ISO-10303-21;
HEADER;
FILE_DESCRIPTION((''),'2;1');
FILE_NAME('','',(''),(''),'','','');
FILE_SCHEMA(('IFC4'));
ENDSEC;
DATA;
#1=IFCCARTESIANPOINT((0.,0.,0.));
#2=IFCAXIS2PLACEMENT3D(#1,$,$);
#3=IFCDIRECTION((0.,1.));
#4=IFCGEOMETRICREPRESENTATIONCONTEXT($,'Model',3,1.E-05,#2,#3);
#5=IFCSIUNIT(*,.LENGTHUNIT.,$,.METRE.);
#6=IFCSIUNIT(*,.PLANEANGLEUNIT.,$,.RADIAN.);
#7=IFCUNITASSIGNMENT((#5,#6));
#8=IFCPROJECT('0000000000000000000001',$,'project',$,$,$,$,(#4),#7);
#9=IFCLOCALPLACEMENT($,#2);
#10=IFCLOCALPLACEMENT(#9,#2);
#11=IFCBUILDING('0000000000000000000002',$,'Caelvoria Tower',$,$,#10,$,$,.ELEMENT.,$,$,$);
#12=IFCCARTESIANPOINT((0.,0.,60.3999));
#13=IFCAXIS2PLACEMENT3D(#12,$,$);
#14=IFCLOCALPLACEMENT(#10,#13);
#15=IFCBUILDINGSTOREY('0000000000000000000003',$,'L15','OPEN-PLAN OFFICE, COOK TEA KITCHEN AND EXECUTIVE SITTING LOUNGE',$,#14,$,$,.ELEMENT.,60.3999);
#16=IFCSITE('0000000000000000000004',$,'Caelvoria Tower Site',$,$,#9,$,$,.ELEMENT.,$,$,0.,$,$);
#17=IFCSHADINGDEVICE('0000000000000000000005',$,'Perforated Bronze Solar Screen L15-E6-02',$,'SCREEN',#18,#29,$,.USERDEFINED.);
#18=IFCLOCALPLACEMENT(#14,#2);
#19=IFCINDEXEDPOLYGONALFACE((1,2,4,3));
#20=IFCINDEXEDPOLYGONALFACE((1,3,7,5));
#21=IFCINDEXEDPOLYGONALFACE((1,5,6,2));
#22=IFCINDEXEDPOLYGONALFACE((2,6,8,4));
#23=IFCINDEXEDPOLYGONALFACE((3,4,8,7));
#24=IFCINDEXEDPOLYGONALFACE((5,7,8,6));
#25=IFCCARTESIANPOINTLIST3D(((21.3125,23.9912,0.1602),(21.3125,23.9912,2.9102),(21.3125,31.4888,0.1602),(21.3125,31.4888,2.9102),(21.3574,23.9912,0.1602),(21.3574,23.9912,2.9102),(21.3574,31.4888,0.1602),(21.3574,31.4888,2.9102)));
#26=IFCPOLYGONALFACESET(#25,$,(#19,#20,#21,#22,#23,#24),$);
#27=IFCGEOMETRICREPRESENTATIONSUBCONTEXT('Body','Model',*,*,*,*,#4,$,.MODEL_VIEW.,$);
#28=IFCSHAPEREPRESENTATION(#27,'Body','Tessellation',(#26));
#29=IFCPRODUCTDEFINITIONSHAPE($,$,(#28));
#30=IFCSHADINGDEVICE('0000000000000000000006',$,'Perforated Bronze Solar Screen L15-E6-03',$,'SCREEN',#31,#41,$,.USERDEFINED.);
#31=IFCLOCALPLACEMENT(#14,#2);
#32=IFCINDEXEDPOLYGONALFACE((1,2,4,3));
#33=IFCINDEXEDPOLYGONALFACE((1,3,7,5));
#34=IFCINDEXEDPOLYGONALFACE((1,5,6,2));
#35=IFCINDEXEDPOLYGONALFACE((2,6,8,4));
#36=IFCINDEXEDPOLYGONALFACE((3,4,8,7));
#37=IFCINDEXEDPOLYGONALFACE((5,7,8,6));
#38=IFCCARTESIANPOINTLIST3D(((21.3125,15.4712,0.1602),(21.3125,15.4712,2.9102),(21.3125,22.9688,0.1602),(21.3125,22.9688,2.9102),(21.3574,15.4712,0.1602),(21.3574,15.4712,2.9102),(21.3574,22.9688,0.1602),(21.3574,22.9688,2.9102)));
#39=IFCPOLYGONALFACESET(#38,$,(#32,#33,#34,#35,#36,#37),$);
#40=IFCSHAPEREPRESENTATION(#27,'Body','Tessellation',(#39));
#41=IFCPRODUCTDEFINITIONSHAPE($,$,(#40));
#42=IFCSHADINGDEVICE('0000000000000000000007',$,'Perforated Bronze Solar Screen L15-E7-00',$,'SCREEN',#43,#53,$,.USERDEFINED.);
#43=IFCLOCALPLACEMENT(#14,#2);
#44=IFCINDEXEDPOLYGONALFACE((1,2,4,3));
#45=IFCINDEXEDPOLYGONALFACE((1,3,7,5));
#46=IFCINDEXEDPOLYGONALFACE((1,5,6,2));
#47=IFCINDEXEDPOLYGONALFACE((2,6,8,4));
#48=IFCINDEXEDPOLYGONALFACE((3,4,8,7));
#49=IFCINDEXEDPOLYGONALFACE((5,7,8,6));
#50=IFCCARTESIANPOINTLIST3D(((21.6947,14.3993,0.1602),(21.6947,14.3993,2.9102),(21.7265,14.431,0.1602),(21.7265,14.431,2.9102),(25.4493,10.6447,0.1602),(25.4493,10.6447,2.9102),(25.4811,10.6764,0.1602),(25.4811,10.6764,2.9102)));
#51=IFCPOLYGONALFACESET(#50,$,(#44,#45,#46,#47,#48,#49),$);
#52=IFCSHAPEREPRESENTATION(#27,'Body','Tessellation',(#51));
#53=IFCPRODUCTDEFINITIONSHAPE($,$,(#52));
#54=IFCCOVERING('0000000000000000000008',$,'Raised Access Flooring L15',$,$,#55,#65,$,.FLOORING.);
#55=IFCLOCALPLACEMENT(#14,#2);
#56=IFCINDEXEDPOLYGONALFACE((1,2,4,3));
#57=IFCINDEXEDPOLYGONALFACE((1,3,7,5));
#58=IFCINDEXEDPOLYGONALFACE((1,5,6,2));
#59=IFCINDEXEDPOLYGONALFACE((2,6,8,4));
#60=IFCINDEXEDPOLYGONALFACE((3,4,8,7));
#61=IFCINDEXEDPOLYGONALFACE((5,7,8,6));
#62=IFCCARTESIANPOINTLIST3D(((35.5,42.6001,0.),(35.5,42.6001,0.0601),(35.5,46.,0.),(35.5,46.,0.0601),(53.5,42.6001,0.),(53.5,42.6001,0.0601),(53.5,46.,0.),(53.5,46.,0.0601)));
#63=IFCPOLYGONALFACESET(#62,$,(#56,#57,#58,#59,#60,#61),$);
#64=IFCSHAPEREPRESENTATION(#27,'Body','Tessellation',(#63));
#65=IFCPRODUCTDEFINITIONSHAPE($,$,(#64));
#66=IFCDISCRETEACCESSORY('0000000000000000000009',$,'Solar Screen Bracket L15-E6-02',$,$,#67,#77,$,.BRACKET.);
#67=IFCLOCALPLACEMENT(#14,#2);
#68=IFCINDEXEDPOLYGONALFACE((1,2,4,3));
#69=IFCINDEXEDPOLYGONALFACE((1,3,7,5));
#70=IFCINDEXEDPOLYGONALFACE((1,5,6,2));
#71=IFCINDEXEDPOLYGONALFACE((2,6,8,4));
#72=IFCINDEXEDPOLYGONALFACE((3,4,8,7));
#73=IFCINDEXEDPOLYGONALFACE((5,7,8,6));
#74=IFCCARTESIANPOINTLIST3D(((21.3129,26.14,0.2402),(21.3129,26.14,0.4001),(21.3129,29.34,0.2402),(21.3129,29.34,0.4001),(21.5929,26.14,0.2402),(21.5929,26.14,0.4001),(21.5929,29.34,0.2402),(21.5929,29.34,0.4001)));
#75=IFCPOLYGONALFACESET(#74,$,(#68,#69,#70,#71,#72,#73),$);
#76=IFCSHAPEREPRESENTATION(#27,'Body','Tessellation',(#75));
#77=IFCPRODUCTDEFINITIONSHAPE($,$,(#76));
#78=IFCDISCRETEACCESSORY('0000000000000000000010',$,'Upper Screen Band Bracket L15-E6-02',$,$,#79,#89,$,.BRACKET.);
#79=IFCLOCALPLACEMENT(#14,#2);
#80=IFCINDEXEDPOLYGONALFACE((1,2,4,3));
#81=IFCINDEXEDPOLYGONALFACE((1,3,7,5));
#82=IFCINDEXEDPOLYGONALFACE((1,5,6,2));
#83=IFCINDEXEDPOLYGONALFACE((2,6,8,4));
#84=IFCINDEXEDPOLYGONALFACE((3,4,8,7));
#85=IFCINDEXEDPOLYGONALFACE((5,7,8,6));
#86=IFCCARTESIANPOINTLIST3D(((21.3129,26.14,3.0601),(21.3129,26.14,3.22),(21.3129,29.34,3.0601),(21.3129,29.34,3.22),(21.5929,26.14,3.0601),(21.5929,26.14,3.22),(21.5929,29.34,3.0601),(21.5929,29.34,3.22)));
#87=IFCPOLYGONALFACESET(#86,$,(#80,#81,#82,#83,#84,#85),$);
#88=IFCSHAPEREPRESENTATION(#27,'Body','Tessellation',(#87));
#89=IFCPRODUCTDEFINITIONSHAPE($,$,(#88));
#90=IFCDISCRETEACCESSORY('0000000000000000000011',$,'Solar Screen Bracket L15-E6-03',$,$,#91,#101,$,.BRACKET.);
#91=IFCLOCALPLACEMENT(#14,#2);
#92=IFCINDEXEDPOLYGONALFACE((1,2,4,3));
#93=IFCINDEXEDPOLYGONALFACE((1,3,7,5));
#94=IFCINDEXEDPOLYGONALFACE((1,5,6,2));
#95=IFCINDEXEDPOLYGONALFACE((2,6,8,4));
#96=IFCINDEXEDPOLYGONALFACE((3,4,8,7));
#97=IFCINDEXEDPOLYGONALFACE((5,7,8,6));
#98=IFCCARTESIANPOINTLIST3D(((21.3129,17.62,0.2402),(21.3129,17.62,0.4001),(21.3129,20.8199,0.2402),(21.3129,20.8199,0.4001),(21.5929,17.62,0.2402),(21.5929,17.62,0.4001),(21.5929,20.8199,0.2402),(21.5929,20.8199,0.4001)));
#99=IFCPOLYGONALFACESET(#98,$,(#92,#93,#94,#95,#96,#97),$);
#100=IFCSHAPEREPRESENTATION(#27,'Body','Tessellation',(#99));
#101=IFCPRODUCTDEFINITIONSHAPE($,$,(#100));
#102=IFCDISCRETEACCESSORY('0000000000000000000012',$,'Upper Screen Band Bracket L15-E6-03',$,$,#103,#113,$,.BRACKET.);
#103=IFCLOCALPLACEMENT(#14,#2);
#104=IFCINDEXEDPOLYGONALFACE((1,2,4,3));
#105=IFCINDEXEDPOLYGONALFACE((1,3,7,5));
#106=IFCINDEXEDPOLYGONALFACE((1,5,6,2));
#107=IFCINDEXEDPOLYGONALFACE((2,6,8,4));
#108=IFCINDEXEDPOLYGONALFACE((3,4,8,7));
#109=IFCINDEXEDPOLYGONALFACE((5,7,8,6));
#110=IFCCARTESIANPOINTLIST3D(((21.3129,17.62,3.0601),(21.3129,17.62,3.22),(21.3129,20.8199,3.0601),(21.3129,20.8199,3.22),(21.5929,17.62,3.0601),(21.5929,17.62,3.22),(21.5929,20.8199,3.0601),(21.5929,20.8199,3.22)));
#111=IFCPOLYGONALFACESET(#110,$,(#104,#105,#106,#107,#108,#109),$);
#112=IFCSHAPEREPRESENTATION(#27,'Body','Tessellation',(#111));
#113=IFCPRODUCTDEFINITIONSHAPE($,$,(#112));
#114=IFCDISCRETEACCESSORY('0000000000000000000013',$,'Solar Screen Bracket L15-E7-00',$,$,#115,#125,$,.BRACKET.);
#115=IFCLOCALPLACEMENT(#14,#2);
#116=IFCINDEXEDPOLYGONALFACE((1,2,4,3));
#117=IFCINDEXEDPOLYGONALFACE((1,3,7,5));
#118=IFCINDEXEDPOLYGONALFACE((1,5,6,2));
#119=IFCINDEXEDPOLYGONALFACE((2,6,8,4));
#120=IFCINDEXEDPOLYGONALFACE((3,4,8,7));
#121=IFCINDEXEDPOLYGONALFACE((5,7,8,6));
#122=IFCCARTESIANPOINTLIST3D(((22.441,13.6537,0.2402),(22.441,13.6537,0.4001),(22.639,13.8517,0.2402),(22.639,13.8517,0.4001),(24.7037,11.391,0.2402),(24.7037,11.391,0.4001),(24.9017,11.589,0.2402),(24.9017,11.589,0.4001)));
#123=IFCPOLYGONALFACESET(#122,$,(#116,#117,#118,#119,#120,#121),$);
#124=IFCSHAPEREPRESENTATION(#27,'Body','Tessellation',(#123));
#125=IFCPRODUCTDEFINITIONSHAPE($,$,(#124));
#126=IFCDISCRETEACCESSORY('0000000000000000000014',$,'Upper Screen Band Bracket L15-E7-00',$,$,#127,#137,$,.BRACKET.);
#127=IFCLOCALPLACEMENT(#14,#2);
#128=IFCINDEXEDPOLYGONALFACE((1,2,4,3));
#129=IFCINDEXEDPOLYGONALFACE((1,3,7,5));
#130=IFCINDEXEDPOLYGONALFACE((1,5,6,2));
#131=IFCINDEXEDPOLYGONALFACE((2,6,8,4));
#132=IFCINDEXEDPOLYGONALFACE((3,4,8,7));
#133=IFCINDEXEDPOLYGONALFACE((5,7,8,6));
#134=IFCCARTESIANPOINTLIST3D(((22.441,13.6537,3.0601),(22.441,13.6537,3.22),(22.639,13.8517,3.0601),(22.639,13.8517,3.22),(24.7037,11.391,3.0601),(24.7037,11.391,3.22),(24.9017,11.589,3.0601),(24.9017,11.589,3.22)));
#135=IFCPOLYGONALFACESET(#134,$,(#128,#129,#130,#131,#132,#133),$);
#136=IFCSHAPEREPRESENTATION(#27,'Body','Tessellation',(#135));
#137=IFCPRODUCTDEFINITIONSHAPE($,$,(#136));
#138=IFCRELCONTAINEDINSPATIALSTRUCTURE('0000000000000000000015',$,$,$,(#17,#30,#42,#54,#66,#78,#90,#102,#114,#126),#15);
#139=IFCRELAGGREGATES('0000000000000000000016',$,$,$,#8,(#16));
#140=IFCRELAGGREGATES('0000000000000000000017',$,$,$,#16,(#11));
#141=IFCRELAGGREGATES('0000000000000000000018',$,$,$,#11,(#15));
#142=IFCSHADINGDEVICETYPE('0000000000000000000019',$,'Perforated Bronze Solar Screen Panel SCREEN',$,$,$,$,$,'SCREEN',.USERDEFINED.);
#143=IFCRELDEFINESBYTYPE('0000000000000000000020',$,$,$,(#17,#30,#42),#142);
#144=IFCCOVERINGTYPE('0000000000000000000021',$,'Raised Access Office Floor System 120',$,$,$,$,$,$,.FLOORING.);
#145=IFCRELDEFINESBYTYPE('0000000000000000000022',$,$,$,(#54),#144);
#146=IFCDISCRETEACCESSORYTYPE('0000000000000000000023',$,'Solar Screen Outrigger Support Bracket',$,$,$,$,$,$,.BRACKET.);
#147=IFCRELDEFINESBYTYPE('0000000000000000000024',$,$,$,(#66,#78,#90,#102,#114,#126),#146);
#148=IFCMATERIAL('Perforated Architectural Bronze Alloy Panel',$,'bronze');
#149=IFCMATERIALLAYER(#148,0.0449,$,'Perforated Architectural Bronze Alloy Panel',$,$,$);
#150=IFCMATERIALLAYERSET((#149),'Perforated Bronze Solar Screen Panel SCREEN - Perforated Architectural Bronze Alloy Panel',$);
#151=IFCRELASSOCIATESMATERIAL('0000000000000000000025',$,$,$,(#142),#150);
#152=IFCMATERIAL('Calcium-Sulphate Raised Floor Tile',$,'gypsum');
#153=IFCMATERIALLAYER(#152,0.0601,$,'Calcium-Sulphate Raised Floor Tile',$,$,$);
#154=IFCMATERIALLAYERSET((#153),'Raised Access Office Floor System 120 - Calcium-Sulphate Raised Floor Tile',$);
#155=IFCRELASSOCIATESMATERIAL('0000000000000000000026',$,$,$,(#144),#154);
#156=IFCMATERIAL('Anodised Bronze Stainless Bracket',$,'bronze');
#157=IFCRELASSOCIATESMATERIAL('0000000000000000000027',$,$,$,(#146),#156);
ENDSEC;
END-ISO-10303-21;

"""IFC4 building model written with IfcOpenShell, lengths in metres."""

from ifc_helpers import new_model, si_unit, direction, frame, origin, origin_2d, place, context, subcontext, project, spatial, polyline, rectangle, outline, extrude, material, layer, layer_set, type_object, element, save


model = new_model("IFC4")

# Units and contexts
model_context = context("Model", 3, precision=1e-05, world=origin(), true_north=direction((0.0, 1.0)))
body_context = subcontext(model_context, "Body", "Model", "MODEL_VIEW")
ifc_project = project(units=[si_unit("LENGTHUNIT", "METRE"), si_unit("PLANEANGLEUNIT", "RADIAN")], contexts=[model_context])

# Site, building, storey
site_placement = place(None, origin())
site = spatial("IfcSite", under=ifc_project, at=site_placement, Name="Caelvoria Tower Site", CompositionType="ELEMENT", RefElevation=0.0)
building_placement = place(site_placement, origin())
building = spatial("IfcBuilding", under=site, at=building_placement, Name="Caelvoria Tower", CompositionType="ELEMENT")
storey_placement = place(building_placement, frame((0.0, 0.0, 60.3999)))
storey = spatial("IfcBuildingStorey", under=building, at=storey_placement, Name="L15", Description="OPEN-PLAN OFFICE, COOK TEA KITCHEN AND EXECUTIVE SITTING LOUNGE", CompositionType="ELEMENT", Elevation=60.3999)

# Shading devices
ifc_material_1 = material(Name="Perforated Architectural Bronze Alloy Panel", Category="bronze")
ifc_layer_1 = layer(ifc_material_1, 0.0449, Name="Perforated Architectural Bronze Alloy Panel")
ifc_layer_set_1 = layer_set([ifc_layer_1], Name="Perforated Bronze Solar Screen Panel SCREEN - Perforated Architectural Bronze Alloy Panel")
shading_device_type = type_object("IfcShadingDeviceType", Name="Perforated Bronze Solar Screen Panel SCREEN", ElementType="SCREEN", PredefinedType="USERDEFINED", material=ifc_layer_set_1)
for number, where, z_axis, x_axis, name in (
    (1, (21.335, 27.74, 0.1602), (0.0, 0.0, 1.0), (0.0, -1.0, 0.0), "Perforated Bronze Solar Screen L15-E6-02"),
    (2, (21.335, 19.22, 0.1602), (0.0, 0.0, 1.0), (0.0, -1.0, 0.0), "Perforated Bronze Solar Screen L15-E6-03"),
):
    element("IfcShadingDevice", number, at=place(storey_placement, frame(where, z_axis=z_axis, x_axis=x_axis)), inside=storey, type_object=shading_device_type, Name=name, ObjectType="SCREEN", PredefinedType="USERDEFINED", context=body_context, shape_type="SweptSolid", body=[
        extrude(rectangle(XDim=7.4976, YDim=0.0449, at=origin_2d()), origin(), (0.0, 0.0, 1.0), 2.75),
    ])
shading_device_placement = place(storey_placement, frame((23.5879, 12.5378, 0.1602), z_axis=(0.0, 0.0, 1.0), x_axis=(0.707107, -0.707107, 0.0)))
element("IfcShadingDevice", 3, at=shading_device_placement, inside=storey, type_object=shading_device_type, Name="Perforated Bronze Solar Screen L15-E7-00", ObjectType="SCREEN", PredefinedType="USERDEFINED", context=body_context, shape_type="SweptSolid", body=[
    extrude(rectangle(XDim=5.3098, YDim=0.0449, at=origin_2d()), origin(), (0.0, 0.0, 1.0), 2.75),
])

# Covering
ifc_material_2 = material(Name="Calcium-Sulphate Raised Floor Tile", Category="gypsum")
ifc_layer_2 = layer(ifc_material_2, 0.0601, Name="Calcium-Sulphate Raised Floor Tile")
ifc_layer_set_2 = layer_set([ifc_layer_2], Name="Raised Access Office Floor System 120 - Calcium-Sulphate Raised Floor Tile")
covering_type_1 = type_object("IfcCoveringType", Name="Raised Access Office Floor System 120", PredefinedType="FLOORING", material=ifc_layer_set_2)
covering_1_placement = place(storey_placement, origin())
element("IfcCovering", 4, at=covering_1_placement, inside=storey, type_object=covering_type_1, Name="Raised Access Flooring L15", PredefinedType="FLOORING", context=body_context, shape_type="SweptSolid", body=[
    extrude(outline(polyline([(35.5, 42.6001), (53.5, 42.6001), (53.5, 46.0), (35.5, 46.0), (35.5, 42.6001)])), origin(), (0.0, 0.0, 1.0), 0.0601),
])

# Discrete accessories
ifc_material_3 = material(Name="Anodised Bronze Stainless Bracket", Category="bronze")
discrete_accessory_type = type_object("IfcDiscreteAccessoryType", Name="Solar Screen Outrigger Support Bracket", PredefinedType="BRACKET", material=ifc_material_3)
for number, where, z_axis, x_axis, name in (
    (5, (21.4529, 27.74, 0.2402), (0.0, 0.0, 1.0), (0.0, -1.0, 0.0), "Solar Screen Bracket L15-E6-02"),
    (6, (21.4529, 27.74, 3.0601), (0.0, 0.0, 1.0), (0.0, -1.0, 0.0), "Upper Screen Band Bracket L15-E6-02"),
    (7, (21.4529, 19.22, 0.2402), (0.0, 0.0, 1.0), (0.0, -1.0, 0.0), "Solar Screen Bracket L15-E6-03"),
    (8, (21.4529, 19.22, 3.0601), (0.0, 0.0, 1.0), (0.0, -1.0, 0.0), "Upper Screen Band Bracket L15-E6-03"),
    (9, (23.6714, 12.6213, 0.2402), (0.0, 0.0, 1.0), (0.707107, -0.707107, 0.0), "Solar Screen Bracket L15-E7-00"),
    (10, (23.6714, 12.6213, 3.0601), (0.0, 0.0, 1.0), (0.707107, -0.707107, 0.0), "Upper Screen Band Bracket L15-E7-00"),
):
    element("IfcDiscreteAccessory", number, at=place(storey_placement, frame(where, z_axis=z_axis, x_axis=x_axis)), inside=storey, type_object=discrete_accessory_type, Name=name, PredefinedType="BRACKET", context=body_context, shape_type="SweptSolid", body=[
        extrude(rectangle(XDim=3.2, YDim=0.28, at=origin_2d()), origin(), (0.0, 0.0, 1.0), 0.1599),
    ])

save(model, "model.ifc")
